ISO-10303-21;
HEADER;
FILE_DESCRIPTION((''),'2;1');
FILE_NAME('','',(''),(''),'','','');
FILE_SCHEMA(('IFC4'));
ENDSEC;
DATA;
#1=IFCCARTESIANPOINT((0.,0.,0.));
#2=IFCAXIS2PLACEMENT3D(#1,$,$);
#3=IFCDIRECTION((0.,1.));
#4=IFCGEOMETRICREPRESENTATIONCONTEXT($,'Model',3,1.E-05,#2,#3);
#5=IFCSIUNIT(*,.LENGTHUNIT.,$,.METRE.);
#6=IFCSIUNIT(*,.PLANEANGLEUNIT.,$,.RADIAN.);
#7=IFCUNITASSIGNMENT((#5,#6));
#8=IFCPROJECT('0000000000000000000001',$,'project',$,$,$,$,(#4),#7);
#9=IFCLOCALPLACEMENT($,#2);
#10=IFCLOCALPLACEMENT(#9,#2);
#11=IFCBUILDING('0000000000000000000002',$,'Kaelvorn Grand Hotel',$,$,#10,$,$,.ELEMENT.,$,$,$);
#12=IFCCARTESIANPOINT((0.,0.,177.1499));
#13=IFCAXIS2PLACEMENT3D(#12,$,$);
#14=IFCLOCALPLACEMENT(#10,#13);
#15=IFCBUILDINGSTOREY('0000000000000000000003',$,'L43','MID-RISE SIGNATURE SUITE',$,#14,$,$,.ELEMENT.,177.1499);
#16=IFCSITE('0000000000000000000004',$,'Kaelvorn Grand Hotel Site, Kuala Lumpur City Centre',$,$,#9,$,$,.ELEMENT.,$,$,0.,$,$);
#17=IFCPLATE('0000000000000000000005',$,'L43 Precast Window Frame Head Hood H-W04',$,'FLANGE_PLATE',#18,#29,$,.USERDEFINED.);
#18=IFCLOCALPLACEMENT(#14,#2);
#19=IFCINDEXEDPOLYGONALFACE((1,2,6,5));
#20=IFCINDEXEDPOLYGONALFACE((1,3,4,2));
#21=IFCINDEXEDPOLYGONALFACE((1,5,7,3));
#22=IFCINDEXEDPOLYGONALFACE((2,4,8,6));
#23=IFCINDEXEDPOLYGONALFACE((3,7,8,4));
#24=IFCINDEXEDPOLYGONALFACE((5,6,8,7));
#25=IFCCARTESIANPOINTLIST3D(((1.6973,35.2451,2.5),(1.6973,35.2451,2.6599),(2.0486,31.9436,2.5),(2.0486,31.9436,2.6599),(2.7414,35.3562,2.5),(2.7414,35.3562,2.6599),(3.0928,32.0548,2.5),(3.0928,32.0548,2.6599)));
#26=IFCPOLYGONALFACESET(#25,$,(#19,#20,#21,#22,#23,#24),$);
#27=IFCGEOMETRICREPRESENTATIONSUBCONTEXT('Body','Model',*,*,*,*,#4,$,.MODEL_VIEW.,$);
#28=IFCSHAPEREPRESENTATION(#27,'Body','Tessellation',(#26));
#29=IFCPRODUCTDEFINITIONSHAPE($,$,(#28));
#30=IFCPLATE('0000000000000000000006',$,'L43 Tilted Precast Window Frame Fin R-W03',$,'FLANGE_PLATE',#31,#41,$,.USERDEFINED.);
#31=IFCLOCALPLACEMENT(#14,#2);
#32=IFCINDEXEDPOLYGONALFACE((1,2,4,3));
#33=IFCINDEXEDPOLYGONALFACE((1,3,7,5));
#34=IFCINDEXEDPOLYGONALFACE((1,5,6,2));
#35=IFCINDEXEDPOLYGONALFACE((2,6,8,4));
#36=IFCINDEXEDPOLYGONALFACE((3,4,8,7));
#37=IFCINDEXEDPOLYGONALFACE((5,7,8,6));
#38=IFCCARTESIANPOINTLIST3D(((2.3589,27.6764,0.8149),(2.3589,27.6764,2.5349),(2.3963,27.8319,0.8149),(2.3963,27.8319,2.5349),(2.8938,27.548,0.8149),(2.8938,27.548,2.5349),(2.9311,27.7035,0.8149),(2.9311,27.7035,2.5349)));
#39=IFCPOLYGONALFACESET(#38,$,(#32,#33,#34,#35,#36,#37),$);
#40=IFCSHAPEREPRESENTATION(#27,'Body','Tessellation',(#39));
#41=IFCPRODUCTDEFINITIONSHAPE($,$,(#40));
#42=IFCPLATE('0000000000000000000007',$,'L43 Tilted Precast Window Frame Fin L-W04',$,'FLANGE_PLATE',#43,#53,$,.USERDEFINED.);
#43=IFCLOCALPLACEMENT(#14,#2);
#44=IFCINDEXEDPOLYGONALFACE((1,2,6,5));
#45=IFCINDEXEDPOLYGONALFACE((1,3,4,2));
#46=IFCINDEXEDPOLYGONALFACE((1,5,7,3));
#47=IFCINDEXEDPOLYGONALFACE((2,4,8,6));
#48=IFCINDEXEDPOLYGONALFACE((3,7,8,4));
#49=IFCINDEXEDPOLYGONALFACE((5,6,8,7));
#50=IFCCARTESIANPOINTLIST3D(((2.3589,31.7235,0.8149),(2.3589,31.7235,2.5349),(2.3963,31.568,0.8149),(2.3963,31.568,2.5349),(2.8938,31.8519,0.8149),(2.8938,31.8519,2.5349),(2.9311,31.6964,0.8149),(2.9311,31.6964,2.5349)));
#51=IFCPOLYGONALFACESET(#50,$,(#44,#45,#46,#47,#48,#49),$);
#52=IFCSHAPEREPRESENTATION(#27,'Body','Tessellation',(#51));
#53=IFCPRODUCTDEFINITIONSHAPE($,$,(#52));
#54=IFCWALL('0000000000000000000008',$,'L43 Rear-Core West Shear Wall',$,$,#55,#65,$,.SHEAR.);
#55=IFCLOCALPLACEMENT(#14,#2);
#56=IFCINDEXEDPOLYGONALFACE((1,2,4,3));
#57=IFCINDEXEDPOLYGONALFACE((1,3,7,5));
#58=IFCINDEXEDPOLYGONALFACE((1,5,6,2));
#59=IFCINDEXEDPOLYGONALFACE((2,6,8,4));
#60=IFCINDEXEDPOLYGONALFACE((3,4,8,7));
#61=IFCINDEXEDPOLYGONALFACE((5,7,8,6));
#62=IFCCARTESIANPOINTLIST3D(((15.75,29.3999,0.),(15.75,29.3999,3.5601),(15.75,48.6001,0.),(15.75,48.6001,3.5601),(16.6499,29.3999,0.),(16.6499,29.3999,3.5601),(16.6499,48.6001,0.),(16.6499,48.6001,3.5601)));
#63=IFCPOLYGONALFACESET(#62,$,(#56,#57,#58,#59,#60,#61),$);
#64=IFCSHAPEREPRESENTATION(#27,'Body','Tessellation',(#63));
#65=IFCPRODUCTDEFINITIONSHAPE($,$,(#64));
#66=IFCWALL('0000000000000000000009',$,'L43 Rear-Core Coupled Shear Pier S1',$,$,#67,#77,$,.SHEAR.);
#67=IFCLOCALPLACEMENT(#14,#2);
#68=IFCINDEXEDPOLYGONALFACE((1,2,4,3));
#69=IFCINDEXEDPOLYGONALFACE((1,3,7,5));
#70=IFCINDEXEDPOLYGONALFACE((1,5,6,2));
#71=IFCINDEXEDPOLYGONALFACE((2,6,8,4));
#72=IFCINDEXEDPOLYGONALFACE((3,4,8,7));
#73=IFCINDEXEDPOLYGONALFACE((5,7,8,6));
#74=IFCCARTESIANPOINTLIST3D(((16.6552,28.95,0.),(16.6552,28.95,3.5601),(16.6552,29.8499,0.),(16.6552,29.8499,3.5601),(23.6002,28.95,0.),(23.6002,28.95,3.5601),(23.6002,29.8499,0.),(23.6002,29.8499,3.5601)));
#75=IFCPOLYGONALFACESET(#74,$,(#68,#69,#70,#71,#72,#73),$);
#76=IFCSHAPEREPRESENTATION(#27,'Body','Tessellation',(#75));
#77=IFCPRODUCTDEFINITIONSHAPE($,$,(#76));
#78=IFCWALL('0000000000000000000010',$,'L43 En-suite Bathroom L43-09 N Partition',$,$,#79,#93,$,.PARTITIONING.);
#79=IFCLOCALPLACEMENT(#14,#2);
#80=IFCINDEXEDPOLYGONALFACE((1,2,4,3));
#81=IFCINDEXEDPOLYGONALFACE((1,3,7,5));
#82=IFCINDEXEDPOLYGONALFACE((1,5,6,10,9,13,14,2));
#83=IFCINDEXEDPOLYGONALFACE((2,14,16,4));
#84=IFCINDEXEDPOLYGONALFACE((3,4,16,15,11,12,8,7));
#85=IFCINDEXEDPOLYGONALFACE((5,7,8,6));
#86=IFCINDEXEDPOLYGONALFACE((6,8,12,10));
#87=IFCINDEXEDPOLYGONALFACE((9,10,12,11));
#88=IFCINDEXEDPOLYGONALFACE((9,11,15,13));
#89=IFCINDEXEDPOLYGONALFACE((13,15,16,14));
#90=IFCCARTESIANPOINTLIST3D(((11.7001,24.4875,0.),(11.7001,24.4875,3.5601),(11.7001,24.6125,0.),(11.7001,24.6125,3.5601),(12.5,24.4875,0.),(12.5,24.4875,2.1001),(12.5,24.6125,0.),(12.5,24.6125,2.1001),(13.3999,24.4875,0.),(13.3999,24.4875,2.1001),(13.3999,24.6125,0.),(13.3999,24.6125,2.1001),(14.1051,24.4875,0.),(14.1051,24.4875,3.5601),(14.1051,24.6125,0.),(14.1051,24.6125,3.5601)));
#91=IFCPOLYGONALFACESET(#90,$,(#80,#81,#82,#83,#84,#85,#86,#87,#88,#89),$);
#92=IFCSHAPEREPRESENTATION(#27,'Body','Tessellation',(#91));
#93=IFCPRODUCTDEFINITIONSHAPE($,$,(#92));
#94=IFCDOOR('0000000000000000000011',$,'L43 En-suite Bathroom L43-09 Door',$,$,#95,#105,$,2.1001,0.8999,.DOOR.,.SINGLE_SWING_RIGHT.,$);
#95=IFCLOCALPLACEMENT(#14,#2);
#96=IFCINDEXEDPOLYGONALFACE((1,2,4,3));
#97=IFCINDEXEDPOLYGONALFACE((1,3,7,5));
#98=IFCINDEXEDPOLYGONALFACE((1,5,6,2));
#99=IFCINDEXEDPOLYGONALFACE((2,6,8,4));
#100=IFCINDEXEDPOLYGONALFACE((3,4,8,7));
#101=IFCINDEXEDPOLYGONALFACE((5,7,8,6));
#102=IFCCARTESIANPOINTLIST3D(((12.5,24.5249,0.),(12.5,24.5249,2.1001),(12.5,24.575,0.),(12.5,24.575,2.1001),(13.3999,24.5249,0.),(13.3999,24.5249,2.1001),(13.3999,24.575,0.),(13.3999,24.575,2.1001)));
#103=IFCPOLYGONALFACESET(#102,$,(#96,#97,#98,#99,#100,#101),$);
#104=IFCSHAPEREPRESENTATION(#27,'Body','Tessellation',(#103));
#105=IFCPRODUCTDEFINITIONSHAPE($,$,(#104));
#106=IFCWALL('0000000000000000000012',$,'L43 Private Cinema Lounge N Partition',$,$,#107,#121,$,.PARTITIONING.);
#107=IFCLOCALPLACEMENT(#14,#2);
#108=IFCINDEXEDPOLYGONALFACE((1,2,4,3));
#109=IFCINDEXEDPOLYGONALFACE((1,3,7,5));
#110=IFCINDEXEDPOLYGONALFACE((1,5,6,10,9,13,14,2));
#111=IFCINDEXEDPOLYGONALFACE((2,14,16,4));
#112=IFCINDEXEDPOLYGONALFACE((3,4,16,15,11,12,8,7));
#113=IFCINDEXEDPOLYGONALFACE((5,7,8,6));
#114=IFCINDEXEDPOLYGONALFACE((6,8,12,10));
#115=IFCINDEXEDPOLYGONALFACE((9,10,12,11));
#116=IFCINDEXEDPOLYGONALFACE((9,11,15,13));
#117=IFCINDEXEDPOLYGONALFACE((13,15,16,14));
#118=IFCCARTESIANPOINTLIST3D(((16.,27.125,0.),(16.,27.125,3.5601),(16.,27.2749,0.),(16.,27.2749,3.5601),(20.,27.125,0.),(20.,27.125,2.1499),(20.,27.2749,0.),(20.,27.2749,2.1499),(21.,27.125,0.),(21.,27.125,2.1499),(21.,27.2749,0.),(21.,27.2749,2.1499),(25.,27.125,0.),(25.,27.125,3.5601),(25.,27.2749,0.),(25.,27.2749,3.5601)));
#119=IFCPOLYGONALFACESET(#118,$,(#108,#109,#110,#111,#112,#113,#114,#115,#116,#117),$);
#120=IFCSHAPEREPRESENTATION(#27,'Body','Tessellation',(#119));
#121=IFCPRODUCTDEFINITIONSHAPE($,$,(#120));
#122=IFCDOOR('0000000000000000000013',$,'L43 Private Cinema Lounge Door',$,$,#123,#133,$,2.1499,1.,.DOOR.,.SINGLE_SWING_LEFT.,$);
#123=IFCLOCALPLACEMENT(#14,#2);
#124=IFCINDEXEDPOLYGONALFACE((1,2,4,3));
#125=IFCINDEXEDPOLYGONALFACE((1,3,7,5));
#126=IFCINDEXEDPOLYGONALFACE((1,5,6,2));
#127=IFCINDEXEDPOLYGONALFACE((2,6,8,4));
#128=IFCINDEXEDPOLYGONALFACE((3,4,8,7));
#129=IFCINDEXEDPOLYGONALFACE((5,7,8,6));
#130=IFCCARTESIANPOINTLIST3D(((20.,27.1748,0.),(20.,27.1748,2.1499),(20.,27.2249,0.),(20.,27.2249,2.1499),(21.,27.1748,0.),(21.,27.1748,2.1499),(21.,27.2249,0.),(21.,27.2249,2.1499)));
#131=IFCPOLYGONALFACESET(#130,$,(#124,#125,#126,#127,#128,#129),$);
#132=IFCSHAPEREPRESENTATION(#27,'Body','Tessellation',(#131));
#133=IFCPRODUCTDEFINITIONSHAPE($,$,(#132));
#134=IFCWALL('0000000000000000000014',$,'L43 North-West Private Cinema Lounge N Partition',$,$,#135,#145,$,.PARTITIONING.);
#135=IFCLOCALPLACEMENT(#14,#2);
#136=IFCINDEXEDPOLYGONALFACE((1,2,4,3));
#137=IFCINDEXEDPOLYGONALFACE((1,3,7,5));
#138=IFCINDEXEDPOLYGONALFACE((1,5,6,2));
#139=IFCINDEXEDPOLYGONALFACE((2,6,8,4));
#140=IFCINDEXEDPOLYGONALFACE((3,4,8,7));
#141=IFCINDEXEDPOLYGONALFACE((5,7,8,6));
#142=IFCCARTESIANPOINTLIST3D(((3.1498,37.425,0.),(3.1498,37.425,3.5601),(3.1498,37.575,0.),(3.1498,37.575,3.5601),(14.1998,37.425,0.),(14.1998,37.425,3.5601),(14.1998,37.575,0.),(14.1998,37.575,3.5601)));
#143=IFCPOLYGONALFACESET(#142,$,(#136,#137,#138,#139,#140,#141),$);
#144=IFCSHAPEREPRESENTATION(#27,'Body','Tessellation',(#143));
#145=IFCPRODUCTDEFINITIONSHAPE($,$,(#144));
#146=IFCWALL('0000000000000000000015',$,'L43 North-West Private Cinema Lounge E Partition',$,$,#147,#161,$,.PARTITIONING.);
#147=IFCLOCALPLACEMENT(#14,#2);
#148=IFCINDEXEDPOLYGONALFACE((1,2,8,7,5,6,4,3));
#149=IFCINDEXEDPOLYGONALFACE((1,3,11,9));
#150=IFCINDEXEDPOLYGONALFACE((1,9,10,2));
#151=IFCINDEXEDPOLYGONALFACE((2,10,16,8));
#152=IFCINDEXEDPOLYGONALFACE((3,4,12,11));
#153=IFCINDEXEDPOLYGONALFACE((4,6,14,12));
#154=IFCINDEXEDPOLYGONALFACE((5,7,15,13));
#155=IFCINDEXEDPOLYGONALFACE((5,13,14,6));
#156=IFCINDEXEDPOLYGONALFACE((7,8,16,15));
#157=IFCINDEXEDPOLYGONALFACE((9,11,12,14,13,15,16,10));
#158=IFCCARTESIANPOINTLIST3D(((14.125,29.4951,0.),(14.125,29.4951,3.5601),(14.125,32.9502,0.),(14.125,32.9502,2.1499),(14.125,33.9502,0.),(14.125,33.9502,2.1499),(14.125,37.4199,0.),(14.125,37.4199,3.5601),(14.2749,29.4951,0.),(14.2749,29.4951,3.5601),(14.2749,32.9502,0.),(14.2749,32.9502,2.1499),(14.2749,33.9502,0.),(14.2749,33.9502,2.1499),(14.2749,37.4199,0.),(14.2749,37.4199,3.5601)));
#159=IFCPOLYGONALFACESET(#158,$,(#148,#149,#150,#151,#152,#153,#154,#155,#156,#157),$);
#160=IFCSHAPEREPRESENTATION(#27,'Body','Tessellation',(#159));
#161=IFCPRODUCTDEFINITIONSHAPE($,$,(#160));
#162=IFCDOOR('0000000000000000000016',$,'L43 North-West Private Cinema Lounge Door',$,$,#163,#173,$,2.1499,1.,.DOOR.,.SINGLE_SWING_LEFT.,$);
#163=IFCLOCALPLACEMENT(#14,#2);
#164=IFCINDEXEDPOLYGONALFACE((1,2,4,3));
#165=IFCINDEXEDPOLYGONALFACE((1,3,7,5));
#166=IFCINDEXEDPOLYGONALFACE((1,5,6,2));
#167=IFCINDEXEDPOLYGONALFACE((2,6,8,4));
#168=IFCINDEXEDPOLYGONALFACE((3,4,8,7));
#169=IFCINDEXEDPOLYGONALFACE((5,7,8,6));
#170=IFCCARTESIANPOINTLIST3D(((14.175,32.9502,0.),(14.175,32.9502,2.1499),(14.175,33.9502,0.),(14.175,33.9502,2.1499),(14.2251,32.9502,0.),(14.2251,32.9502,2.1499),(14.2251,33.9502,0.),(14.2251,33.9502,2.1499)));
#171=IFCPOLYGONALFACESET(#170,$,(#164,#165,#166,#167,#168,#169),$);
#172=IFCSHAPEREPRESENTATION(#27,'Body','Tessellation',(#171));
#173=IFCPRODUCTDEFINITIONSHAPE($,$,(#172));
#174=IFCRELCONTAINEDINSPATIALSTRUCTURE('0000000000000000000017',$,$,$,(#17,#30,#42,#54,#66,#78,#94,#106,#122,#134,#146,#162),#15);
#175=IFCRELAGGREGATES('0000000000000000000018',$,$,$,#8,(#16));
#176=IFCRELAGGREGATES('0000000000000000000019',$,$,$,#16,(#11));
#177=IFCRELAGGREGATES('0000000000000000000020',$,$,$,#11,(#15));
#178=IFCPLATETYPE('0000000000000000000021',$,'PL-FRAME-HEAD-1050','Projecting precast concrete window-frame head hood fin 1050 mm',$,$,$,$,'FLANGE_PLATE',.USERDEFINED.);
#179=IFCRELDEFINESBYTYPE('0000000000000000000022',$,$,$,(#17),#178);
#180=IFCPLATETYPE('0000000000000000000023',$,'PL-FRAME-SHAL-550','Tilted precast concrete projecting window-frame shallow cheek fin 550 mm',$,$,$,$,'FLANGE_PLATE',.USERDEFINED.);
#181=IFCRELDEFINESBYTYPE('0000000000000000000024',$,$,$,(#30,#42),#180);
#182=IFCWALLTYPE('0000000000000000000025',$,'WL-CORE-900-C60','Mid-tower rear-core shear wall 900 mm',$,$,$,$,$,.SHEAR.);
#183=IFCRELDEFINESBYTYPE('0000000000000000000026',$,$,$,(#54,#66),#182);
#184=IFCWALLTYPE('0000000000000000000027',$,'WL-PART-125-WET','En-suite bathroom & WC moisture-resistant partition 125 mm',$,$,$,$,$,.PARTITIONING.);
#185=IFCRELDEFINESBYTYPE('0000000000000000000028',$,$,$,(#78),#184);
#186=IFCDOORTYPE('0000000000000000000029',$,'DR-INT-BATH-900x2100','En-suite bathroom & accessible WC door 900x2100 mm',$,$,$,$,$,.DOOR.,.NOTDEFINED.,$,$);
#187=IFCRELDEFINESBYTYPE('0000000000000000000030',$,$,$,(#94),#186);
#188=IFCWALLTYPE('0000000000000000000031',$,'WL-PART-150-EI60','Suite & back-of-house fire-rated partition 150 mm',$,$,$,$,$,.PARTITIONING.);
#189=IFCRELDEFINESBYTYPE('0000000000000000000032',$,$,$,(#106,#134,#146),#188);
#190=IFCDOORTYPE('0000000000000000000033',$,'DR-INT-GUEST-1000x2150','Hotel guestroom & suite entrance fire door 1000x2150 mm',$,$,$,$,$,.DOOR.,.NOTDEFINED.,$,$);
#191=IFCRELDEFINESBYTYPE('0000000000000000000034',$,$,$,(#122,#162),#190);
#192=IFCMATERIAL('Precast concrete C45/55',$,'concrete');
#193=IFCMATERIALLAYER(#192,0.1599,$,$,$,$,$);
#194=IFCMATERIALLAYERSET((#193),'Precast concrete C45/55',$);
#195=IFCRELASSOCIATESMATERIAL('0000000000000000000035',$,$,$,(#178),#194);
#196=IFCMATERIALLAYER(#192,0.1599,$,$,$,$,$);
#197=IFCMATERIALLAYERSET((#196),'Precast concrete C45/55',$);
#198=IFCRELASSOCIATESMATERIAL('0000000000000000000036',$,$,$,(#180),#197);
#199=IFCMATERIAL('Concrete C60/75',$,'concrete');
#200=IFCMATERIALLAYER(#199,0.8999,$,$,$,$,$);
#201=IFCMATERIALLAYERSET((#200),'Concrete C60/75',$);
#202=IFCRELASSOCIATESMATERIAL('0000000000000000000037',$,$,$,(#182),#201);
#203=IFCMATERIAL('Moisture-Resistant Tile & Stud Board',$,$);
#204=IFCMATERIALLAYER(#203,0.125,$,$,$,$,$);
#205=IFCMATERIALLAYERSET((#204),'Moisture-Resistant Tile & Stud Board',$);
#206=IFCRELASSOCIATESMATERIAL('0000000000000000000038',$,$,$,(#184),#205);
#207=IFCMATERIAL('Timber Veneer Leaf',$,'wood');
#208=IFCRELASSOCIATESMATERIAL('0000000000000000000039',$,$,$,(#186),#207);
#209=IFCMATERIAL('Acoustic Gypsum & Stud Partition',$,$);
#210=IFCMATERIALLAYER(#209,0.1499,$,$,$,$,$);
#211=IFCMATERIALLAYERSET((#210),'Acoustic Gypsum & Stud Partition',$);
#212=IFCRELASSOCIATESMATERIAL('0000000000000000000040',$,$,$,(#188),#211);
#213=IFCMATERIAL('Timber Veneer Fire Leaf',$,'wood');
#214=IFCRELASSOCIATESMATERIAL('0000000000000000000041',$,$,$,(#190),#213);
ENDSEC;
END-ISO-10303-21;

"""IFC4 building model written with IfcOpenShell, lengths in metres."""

from ifc_helpers import new_model, si_unit, direction, frame, frame_2d, origin, origin_2d, place, context, subcontext, project, spatial, rectangle, extrude, material, layer, layer_set, type_object, element, fill, save


model = new_model("IFC4")

# Units and contexts
model_context = context("Model", 3, precision=1e-05, world=origin(), true_north=direction((0.0, 1.0)))
body_context = subcontext(model_context, "Body", "Model", "MODEL_VIEW")
ifc_project = project(units=[si_unit("LENGTHUNIT", "METRE"), si_unit("PLANEANGLEUNIT", "RADIAN")], contexts=[model_context])

# Site, building, storey
site_placement = place(None, origin())
site = spatial("IfcSite", under=ifc_project, at=site_placement, Name="Kaelvorn Grand Hotel Site, Kuala Lumpur City Centre", CompositionType="ELEMENT", RefElevation=0.0)
building_placement = place(site_placement, origin())
building = spatial("IfcBuilding", under=site, at=building_placement, Name="Kaelvorn Grand Hotel", CompositionType="ELEMENT")
storey_placement = place(building_placement, frame((0.0, 0.0, 177.1499)))
storey = spatial("IfcBuildingStorey", under=building, at=storey_placement, Name="L43", Description="MID-RISE SIGNATURE SUITE", CompositionType="ELEMENT", Elevation=177.1499)

# Shared definitions
ifc_material_1 = material(Name="Concrete C60/75", Category="concrete")

# Plates
ifc_material_2 = material(Name="Precast concrete C45/55", Category="concrete")
ifc_layer_1 = layer(ifc_material_2, 0.1599)
ifc_layer_set_1 = layer_set([ifc_layer_1], Name="Precast concrete C45/55")
plate_type_1 = type_object("IfcPlateType", Name="PL-FRAME-HEAD-1050", Description="Projecting precast concrete window-frame head hood fin 1050 mm", ElementType="FLANGE_PLATE", PredefinedType="USERDEFINED", material=ifc_layer_set_1)
for number, where, z_axis, x_axis, name in (
    (1, (2.395, 33.6499, 2.5), (0.0, 0.0, 1.0), (-0.10583, 0.994384, 0.0), "L43 Precast Window Frame Head Hood H-W04"),
):
    element("IfcPlate", number, at=place(storey_placement, frame(where, z_axis=z_axis, x_axis=x_axis)), inside=storey, type_object=plate_type_1, Name=name, ObjectType="FLANGE_PLATE", PredefinedType="USERDEFINED", context=body_context, shape_type="SweptSolid", body=[
        extrude(rectangle(XDim=3.3201, YDim=1.05, at=origin_2d()), origin(), (0.0, 0.0, 1.0), 0.1599),
    ])
ifc_layer_2 = layer(ifc_material_2, 0.1599)
ifc_layer_set_2 = layer_set([ifc_layer_2], Name="Precast concrete C45/55")
plate_type_2 = type_object("IfcPlateType", Name="PL-FRAME-SHAL-550", Description="Tilted precast concrete projecting window-frame shallow cheek fin 550 mm", ElementType="FLANGE_PLATE", PredefinedType="USERDEFINED", material=ifc_layer_set_2)
for number, where, z_axis, x_axis, name in (
    (2, (2.645, 27.6899, 0.8149), (0.0, 0.0, 1.0), (0.233445, 0.97237, 0.0), "L43 Tilted Precast Window Frame Fin R-W03"),
    (3, (2.645, 31.71, 0.8149), (0.0, 0.0, 1.0), (-0.233445, 0.97237, 0.0), "L43 Tilted Precast Window Frame Fin L-W04"),
):
    element("IfcPlate", number, at=place(storey_placement, frame(where, z_axis=z_axis, x_axis=x_axis)), inside=storey, type_object=plate_type_2, Name=name, ObjectType="FLANGE_PLATE", PredefinedType="USERDEFINED", context=body_context, shape_type="SweptSolid", body=[
        extrude(rectangle(XDim=0.1599, YDim=0.55, at=origin_2d()), origin(), (0.0, 0.0, 1.0), 1.72),
    ])

# Walls
ifc_layer_3 = layer(ifc_material_1, 0.8999)
ifc_layer_set_3 = layer_set([ifc_layer_3], Name="Concrete C60/75")
wall_type_1 = type_object("IfcWallType", Name="WL-CORE-900-C60", Description="Mid-tower rear-core shear wall 900 mm", PredefinedType="SHEAR", material=ifc_layer_set_3)
wall_1_placement = place(storey_placement, frame((16.2, 29.3999, 0.0), z_axis=(0.0, 0.0, 1.0), x_axis=(0.0, 1.0, 0.0)))
element("IfcWall", 4, at=wall_1_placement, inside=storey, type_object=wall_type_1, Name="L43 Rear-Core West Shear Wall", PredefinedType="SHEAR", context=body_context, shape_type="SweptSolid", body=[
    extrude(rectangle(XDim=19.2002, YDim=0.8999, at=frame_2d((9.6001, 0.0))), origin(), (0.0, 0.0, 1.0), 3.5601),
])
wall_2_placement = place(storey_placement, frame((16.655, 29.3999, 0.0), z_axis=(0.0, 0.0, 1.0), x_axis=(1.0, 0.0, 0.0)))
element("IfcWall", 5, at=wall_2_placement, inside=storey, type_object=wall_type_1, Name="L43 Rear-Core Coupled Shear Pier S1", PredefinedType="SHEAR", context=body_context, shape_type="SweptSolid", body=[
    extrude(rectangle(XDim=6.9451, YDim=0.8999, at=frame_2d((3.4727, 0.0))), origin(), (0.0, 0.0, 1.0), 3.5601),
])

# Walls, openings, doors
ifc_material_3 = material(Name="Moisture-Resistant Tile & Stud Board")
ifc_layer_4 = layer(ifc_material_3, 0.125)
ifc_layer_set_4 = layer_set([ifc_layer_4], Name="Moisture-Resistant Tile & Stud Board")
wall_type_2 = type_object("IfcWallType", Name="WL-PART-125-WET", Description="En-suite bathroom & WC moisture-resistant partition 125 mm", PredefinedType="PARTITIONING", material=ifc_layer_set_4)
wall_3_placement = place(storey_placement, frame((11.7, 24.55, 0.0), z_axis=(0.0, 0.0, 1.0), x_axis=(1.0, 0.0, 0.0)))
wall_3 = element("IfcWall", 6, at=wall_3_placement, inside=storey, type_object=wall_type_2, Name="L43 En-suite Bathroom L43-09 N Partition", PredefinedType="PARTITIONING", context=body_context, shape_type="SweptSolid", body=[
    extrude(rectangle(XDim=2.405, YDim=0.125, at=frame_2d((1.2026, 0.0))), origin(), (0.0, 0.0, 1.0), 3.5601),
])
opening_1_placement = place(wall_3_placement, frame((0.8, 0.0, 0.0)))
opening_1 = element("IfcOpeningElement", 7, at=opening_1_placement, cuts=wall_3, PredefinedType="OPENING", context=body_context, shape_type="SweptSolid", body=[
    extrude(rectangle(XDim=0.8999, YDim=2.1001, at=frame_2d((0.45, 1.05))), frame((0.0, 0.0725, 0.0), z_axis=(0.0, -1.0, 0.0), x_axis=(1.0, 0.0, 0.0)), (0.0, 0.0, 1.0), 0.145),
])
ifc_material_4 = material(Name="Timber Veneer Leaf", Category="wood")
door_type_1 = type_object("IfcDoorType", Name="DR-INT-BATH-900x2100", Description="En-suite bathroom & accessible WC door 900x2100 mm", OperationType="NOTDEFINED", PredefinedType="DOOR", material=ifc_material_4)
door_1_placement = place(opening_1_placement, origin())
door_1 = element("IfcDoor", 8, at=door_1_placement, inside=storey, type_object=door_type_1, Name="L43 En-suite Bathroom L43-09 Door", OperationType="SINGLE_SWING_RIGHT", OverallHeight=2.1001, OverallWidth=0.8999, PredefinedType="DOOR", context=body_context, shape_type="SweptSolid", body=[
    extrude(rectangle(XDim=0.8999, YDim=2.1001, at=frame_2d((0.45, 1.05))), frame((0.0, 0.0249, 0.0), z_axis=(0.0, -1.0, 0.0), x_axis=(1.0, 0.0, 0.0)), (0.0, 0.0, 1.0), 0.05),
])
fill(opening_1, door_1)
ifc_material_5 = material(Name="Acoustic Gypsum & Stud Partition")
ifc_layer_5 = layer(ifc_material_5, 0.1499)
ifc_layer_set_5 = layer_set([ifc_layer_5], Name="Acoustic Gypsum & Stud Partition")
wall_type_3 = type_object("IfcWallType", Name="WL-PART-150-EI60", Description="Suite & back-of-house fire-rated partition 150 mm", PredefinedType="PARTITIONING", material=ifc_layer_set_5)
wall_4_placement = place(storey_placement, frame((16.0, 27.2, 0.0), z_axis=(0.0, 0.0, 1.0), x_axis=(1.0, 0.0, 0.0)))
wall_4 = element("IfcWall", 9, at=wall_4_placement, inside=storey, type_object=wall_type_3, Name="L43 Private Cinema Lounge N Partition", PredefinedType="PARTITIONING", context=body_context, shape_type="SweptSolid", body=[
    extrude(rectangle(XDim=9.0, YDim=0.1499, at=frame_2d((4.5, 0.0))), origin(), (0.0, 0.0, 1.0), 3.5601),
])
opening_2_placement = place(wall_4_placement, frame((4.0, 0.0, 0.0)))
opening_2 = element("IfcOpeningElement", 10, at=opening_2_placement, cuts=wall_4, PredefinedType="OPENING", context=body_context, shape_type="SweptSolid", body=[
    extrude(rectangle(XDim=1.0, YDim=2.1499, at=frame_2d((0.5, 1.075))), frame((0.0, 0.085, 0.0), z_axis=(0.0, -1.0, 0.0), x_axis=(1.0, 0.0, 0.0)), (0.0, 0.0, 1.0), 0.1699),
])
ifc_material_6 = material(Name="Timber Veneer Fire Leaf", Category="wood")
door_type_2 = type_object("IfcDoorType", Name="DR-INT-GUEST-1000x2150", Description="Hotel guestroom & suite entrance fire door 1000x2150 mm", OperationType="NOTDEFINED", PredefinedType="DOOR", material=ifc_material_6)
door_2_placement = place(opening_2_placement, origin())
door_2 = element("IfcDoor", 11, at=door_2_placement, inside=storey, type_object=door_type_2, Name="L43 Private Cinema Lounge Door", OperationType="SINGLE_SWING_LEFT", OverallHeight=2.1499, OverallWidth=1.0, PredefinedType="DOOR", context=body_context, shape_type="SweptSolid", body=[
    extrude(rectangle(XDim=1.0, YDim=2.1499, at=frame_2d((0.5, 1.075))), frame((0.0, 0.0249, 0.0), z_axis=(0.0, -1.0, 0.0), x_axis=(1.0, 0.0, 0.0)), (0.0, 0.0, 1.0), 0.05),
])
fill(opening_2, door_2)

# Wall
wall_5_placement = place(storey_placement, frame((3.1499, 37.5, 0.0), z_axis=(0.0, 0.0, 1.0), x_axis=(1.0, 0.0, 0.0)))
element("IfcWall", 12, at=wall_5_placement, inside=storey, type_object=wall_type_3, Name="L43 North-West Private Cinema Lounge N Partition", PredefinedType="PARTITIONING", context=body_context, shape_type="SweptSolid", body=[
    extrude(rectangle(XDim=11.05, YDim=0.1499, at=frame_2d((5.5249, 0.0))), origin(), (0.0, 0.0, 1.0), 3.5601),
])

# Wall, opening, door
wall_6_placement = place(storey_placement, frame((14.2, 29.4951, 0.0), z_axis=(0.0, 0.0, 1.0), x_axis=(0.0, 1.0, 0.0)))
wall_6 = element("IfcWall", 13, at=wall_6_placement, inside=storey, type_object=wall_type_3, Name="L43 North-West Private Cinema Lounge E Partition", PredefinedType="PARTITIONING", context=body_context, shape_type="SweptSolid", body=[
    extrude(rectangle(XDim=7.9248, YDim=0.1499, at=frame_2d((3.9624, 0.0))), origin(), (0.0, 0.0, 1.0), 3.5601),
])
opening_3_placement = place(wall_6_placement, frame((3.4551, 0.0, 0.0)))
opening_3 = element("IfcOpeningElement", 14, at=opening_3_placement, cuts=wall_6, PredefinedType="OPENING", context=body_context, shape_type="SweptSolid", body=[
    extrude(rectangle(XDim=1.0, YDim=2.1499, at=frame_2d((0.5, 1.075))), frame((0.0, 0.085, 0.0), z_axis=(0.0, -1.0, 0.0), x_axis=(1.0, 0.0, 0.0)), (0.0, 0.0, 1.0), 0.1699),
])
door_3_placement = place(opening_3_placement, origin())
door_3 = element("IfcDoor", 15, at=door_3_placement, inside=storey, type_object=door_type_2, Name="L43 North-West Private Cinema Lounge Door", OperationType="SINGLE_SWING_LEFT", OverallHeight=2.1499, OverallWidth=1.0, PredefinedType="DOOR", context=body_context, shape_type="SweptSolid", body=[
    extrude(rectangle(XDim=1.0, YDim=2.1499, at=frame_2d((0.5, 1.075))), frame((0.0, 0.0249, 0.0), z_axis=(0.0, -1.0, 0.0), x_axis=(1.0, 0.0, 0.0)), (0.0, 0.0, 1.0), 0.05),
])
fill(opening_3, door_3)

save(model, "model.ifc")
